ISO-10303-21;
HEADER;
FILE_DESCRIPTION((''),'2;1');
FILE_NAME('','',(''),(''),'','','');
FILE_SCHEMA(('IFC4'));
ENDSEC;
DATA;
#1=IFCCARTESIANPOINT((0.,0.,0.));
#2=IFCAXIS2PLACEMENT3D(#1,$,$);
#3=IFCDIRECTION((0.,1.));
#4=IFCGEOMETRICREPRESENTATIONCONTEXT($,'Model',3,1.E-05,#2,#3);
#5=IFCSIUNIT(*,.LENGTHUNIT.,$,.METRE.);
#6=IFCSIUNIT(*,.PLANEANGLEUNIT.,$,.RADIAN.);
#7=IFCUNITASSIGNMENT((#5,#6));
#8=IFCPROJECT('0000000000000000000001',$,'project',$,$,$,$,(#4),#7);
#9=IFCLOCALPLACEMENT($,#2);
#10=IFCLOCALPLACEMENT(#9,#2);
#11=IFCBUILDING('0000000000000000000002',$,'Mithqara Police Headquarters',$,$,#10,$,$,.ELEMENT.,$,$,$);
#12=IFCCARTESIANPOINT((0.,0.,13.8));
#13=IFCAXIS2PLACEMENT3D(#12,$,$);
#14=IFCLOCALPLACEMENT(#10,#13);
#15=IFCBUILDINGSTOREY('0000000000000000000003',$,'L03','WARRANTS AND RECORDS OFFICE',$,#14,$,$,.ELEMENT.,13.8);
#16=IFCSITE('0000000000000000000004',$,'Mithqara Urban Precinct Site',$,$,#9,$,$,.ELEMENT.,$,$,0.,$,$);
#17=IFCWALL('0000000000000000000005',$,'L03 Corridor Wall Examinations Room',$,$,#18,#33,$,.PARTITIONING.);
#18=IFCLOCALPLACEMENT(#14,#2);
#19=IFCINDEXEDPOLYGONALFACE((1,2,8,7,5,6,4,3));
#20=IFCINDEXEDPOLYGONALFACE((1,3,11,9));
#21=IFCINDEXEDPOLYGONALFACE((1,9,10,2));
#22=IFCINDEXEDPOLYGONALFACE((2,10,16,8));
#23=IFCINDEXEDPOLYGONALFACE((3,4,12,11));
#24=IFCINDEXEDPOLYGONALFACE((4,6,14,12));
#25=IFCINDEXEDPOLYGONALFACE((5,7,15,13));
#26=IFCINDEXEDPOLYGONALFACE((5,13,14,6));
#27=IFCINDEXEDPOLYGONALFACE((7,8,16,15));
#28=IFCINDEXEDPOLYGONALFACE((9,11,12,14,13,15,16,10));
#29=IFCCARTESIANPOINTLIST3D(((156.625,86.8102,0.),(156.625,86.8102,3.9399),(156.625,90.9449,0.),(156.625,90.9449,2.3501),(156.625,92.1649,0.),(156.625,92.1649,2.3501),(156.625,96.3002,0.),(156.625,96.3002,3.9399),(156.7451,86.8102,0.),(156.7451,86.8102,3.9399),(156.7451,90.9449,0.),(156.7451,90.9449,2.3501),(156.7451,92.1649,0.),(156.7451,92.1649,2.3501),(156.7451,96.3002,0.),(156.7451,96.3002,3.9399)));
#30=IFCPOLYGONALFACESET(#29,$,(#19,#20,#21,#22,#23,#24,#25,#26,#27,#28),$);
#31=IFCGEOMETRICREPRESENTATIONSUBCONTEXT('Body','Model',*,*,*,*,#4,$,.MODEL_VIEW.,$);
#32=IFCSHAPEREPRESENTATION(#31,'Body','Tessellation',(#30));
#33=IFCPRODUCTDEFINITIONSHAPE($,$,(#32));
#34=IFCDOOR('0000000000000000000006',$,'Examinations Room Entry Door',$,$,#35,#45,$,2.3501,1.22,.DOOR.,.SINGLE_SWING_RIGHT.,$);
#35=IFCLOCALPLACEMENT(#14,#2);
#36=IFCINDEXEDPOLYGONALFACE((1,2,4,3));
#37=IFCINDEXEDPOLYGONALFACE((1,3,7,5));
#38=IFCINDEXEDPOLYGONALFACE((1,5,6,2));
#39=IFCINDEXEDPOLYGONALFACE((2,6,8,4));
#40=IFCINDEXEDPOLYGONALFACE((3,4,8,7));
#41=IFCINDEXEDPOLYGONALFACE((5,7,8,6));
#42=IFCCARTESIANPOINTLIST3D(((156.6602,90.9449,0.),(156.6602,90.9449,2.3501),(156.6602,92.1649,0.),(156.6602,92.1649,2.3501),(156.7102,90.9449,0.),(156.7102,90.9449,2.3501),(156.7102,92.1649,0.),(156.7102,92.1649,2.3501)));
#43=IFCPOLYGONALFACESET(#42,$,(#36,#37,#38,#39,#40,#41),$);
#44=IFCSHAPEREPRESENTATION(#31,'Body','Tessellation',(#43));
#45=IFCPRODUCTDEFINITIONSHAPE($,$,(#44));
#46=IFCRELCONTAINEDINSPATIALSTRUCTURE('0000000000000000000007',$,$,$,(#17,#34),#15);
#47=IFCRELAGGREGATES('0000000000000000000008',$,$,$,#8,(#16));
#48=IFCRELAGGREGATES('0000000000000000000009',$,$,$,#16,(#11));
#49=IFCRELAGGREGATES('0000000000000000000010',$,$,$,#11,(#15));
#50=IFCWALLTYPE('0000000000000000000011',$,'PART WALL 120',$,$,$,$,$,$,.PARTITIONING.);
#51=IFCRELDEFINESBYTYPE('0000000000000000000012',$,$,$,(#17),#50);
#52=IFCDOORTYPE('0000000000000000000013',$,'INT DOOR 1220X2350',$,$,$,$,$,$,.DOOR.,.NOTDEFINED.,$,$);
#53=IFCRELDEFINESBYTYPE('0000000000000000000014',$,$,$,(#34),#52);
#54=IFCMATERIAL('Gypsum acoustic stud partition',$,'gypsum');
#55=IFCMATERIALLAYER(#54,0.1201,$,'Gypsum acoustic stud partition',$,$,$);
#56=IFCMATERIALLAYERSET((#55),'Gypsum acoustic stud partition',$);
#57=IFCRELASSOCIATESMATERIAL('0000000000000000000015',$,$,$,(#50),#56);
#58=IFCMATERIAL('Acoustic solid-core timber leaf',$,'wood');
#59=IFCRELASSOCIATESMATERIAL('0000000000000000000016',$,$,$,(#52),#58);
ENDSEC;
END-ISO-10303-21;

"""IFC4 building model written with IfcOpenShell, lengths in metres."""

from ifc_helpers import new_model, si_unit, direction, frame, frame_2d, origin, place, context, subcontext, project, spatial, rectangle, extrude, material, layer, layer_set, type_object, element, fill, save


model = new_model("IFC4")

# Units and contexts
model_context = context("Model", 3, precision=1e-05, world=origin(), true_north=direction((0.0, 1.0)))
body_context = subcontext(model_context, "Body", "Model", "MODEL_VIEW")
ifc_project = project(units=[si_unit("LENGTHUNIT", "METRE"), si_unit("PLANEANGLEUNIT", "RADIAN")], contexts=[model_context])

# Site, building, storey
site_placement = place(None, origin())
site = spatial("IfcSite", under=ifc_project, at=site_placement, Name="Mithqara Urban Precinct Site", CompositionType="ELEMENT", RefElevation=0.0)
building_placement = place(site_placement, origin())
building = spatial("IfcBuilding", under=site, at=building_placement, Name="Mithqara Police Headquarters", CompositionType="ELEMENT")
storey_placement = place(building_placement, frame((0.0, 0.0, 13.8)))
storey = spatial("IfcBuildingStorey", under=building, at=storey_placement, Name="L03", Description="WARRANTS AND RECORDS OFFICE", CompositionType="ELEMENT", Elevation=13.8)

# Shared definitions
ifc_material_1 = material(Name="Gypsum acoustic stud partition", Category="gypsum")
ifc_layer_1 = layer(ifc_material_1, 0.1201, Name="Gypsum acoustic stud partition")
ifc_layer_set_1 = layer_set([ifc_layer_1], Name="Gypsum acoustic stud partition")
wall_type = type_object("IfcWallType", Name="PART WALL 120", PredefinedType="PARTITIONING", material=ifc_layer_set_1)
ifc_material_2 = material(Name="Acoustic solid-core timber leaf", Category="wood")

# Wall, opening, door
wall_1_placement = place(storey_placement, frame((156.6851, 86.8101, 0.0), z_axis=(0.0, 0.0, 1.0), x_axis=(0.0, 1.0, 0.0)))
wall_1 = element("IfcWall", 1, at=wall_1_placement, inside=storey, type_object=wall_type, Name="L03 Corridor Wall Examinations Room", PredefinedType="PARTITIONING", context=body_context, shape_type="SweptSolid", body=[
    extrude(rectangle(XDim=9.49, YDim=0.1201, at=frame_2d((4.7451, 0.0))), origin(), (0.0, 0.0, 1.0), 3.9399),
])
opening_1_placement = place(wall_1_placement, frame((4.135, 0.0, 0.0)))
opening_1 = element("IfcOpeningElement", 2, at=opening_1_placement, cuts=wall_1, PredefinedType="OPENING", context=body_context, shape_type="SweptSolid", body=[
    extrude(rectangle(XDim=1.22, YDim=2.3501, at=frame_2d((0.6099, 1.175))), frame((0.0, 0.0701, 0.0), z_axis=(0.0, -1.0, 0.0), x_axis=(1.0, 0.0, 0.0)), (0.0, 0.0, 1.0), 0.1401),
])
door_type_1 = type_object("IfcDoorType", Name="INT DOOR 1220X2350", OperationType="NOTDEFINED", PredefinedType="DOOR", material=ifc_material_2)
door_1_placement = place(opening_1_placement, origin())
door_1 = element("IfcDoor", 3, at=door_1_placement, inside=storey, type_object=door_type_1, Name="Examinations Room Entry Door", OperationType="SINGLE_SWING_RIGHT", OverallHeight=2.3501, OverallWidth=1.22, PredefinedType="DOOR", context=body_context, shape_type="SweptSolid", body=[
    extrude(rectangle(XDim=1.22, YDim=2.3501, at=frame_2d((0.6099, 1.175))), frame((0.0, 0.0249, 0.0), z_axis=(0.0, -1.0, 0.0), x_axis=(1.0, 0.0, 0.0)), (0.0, 0.0, 1.0), 0.05),
])
fill(opening_1, door_1)

save(model, "model.ifc")
